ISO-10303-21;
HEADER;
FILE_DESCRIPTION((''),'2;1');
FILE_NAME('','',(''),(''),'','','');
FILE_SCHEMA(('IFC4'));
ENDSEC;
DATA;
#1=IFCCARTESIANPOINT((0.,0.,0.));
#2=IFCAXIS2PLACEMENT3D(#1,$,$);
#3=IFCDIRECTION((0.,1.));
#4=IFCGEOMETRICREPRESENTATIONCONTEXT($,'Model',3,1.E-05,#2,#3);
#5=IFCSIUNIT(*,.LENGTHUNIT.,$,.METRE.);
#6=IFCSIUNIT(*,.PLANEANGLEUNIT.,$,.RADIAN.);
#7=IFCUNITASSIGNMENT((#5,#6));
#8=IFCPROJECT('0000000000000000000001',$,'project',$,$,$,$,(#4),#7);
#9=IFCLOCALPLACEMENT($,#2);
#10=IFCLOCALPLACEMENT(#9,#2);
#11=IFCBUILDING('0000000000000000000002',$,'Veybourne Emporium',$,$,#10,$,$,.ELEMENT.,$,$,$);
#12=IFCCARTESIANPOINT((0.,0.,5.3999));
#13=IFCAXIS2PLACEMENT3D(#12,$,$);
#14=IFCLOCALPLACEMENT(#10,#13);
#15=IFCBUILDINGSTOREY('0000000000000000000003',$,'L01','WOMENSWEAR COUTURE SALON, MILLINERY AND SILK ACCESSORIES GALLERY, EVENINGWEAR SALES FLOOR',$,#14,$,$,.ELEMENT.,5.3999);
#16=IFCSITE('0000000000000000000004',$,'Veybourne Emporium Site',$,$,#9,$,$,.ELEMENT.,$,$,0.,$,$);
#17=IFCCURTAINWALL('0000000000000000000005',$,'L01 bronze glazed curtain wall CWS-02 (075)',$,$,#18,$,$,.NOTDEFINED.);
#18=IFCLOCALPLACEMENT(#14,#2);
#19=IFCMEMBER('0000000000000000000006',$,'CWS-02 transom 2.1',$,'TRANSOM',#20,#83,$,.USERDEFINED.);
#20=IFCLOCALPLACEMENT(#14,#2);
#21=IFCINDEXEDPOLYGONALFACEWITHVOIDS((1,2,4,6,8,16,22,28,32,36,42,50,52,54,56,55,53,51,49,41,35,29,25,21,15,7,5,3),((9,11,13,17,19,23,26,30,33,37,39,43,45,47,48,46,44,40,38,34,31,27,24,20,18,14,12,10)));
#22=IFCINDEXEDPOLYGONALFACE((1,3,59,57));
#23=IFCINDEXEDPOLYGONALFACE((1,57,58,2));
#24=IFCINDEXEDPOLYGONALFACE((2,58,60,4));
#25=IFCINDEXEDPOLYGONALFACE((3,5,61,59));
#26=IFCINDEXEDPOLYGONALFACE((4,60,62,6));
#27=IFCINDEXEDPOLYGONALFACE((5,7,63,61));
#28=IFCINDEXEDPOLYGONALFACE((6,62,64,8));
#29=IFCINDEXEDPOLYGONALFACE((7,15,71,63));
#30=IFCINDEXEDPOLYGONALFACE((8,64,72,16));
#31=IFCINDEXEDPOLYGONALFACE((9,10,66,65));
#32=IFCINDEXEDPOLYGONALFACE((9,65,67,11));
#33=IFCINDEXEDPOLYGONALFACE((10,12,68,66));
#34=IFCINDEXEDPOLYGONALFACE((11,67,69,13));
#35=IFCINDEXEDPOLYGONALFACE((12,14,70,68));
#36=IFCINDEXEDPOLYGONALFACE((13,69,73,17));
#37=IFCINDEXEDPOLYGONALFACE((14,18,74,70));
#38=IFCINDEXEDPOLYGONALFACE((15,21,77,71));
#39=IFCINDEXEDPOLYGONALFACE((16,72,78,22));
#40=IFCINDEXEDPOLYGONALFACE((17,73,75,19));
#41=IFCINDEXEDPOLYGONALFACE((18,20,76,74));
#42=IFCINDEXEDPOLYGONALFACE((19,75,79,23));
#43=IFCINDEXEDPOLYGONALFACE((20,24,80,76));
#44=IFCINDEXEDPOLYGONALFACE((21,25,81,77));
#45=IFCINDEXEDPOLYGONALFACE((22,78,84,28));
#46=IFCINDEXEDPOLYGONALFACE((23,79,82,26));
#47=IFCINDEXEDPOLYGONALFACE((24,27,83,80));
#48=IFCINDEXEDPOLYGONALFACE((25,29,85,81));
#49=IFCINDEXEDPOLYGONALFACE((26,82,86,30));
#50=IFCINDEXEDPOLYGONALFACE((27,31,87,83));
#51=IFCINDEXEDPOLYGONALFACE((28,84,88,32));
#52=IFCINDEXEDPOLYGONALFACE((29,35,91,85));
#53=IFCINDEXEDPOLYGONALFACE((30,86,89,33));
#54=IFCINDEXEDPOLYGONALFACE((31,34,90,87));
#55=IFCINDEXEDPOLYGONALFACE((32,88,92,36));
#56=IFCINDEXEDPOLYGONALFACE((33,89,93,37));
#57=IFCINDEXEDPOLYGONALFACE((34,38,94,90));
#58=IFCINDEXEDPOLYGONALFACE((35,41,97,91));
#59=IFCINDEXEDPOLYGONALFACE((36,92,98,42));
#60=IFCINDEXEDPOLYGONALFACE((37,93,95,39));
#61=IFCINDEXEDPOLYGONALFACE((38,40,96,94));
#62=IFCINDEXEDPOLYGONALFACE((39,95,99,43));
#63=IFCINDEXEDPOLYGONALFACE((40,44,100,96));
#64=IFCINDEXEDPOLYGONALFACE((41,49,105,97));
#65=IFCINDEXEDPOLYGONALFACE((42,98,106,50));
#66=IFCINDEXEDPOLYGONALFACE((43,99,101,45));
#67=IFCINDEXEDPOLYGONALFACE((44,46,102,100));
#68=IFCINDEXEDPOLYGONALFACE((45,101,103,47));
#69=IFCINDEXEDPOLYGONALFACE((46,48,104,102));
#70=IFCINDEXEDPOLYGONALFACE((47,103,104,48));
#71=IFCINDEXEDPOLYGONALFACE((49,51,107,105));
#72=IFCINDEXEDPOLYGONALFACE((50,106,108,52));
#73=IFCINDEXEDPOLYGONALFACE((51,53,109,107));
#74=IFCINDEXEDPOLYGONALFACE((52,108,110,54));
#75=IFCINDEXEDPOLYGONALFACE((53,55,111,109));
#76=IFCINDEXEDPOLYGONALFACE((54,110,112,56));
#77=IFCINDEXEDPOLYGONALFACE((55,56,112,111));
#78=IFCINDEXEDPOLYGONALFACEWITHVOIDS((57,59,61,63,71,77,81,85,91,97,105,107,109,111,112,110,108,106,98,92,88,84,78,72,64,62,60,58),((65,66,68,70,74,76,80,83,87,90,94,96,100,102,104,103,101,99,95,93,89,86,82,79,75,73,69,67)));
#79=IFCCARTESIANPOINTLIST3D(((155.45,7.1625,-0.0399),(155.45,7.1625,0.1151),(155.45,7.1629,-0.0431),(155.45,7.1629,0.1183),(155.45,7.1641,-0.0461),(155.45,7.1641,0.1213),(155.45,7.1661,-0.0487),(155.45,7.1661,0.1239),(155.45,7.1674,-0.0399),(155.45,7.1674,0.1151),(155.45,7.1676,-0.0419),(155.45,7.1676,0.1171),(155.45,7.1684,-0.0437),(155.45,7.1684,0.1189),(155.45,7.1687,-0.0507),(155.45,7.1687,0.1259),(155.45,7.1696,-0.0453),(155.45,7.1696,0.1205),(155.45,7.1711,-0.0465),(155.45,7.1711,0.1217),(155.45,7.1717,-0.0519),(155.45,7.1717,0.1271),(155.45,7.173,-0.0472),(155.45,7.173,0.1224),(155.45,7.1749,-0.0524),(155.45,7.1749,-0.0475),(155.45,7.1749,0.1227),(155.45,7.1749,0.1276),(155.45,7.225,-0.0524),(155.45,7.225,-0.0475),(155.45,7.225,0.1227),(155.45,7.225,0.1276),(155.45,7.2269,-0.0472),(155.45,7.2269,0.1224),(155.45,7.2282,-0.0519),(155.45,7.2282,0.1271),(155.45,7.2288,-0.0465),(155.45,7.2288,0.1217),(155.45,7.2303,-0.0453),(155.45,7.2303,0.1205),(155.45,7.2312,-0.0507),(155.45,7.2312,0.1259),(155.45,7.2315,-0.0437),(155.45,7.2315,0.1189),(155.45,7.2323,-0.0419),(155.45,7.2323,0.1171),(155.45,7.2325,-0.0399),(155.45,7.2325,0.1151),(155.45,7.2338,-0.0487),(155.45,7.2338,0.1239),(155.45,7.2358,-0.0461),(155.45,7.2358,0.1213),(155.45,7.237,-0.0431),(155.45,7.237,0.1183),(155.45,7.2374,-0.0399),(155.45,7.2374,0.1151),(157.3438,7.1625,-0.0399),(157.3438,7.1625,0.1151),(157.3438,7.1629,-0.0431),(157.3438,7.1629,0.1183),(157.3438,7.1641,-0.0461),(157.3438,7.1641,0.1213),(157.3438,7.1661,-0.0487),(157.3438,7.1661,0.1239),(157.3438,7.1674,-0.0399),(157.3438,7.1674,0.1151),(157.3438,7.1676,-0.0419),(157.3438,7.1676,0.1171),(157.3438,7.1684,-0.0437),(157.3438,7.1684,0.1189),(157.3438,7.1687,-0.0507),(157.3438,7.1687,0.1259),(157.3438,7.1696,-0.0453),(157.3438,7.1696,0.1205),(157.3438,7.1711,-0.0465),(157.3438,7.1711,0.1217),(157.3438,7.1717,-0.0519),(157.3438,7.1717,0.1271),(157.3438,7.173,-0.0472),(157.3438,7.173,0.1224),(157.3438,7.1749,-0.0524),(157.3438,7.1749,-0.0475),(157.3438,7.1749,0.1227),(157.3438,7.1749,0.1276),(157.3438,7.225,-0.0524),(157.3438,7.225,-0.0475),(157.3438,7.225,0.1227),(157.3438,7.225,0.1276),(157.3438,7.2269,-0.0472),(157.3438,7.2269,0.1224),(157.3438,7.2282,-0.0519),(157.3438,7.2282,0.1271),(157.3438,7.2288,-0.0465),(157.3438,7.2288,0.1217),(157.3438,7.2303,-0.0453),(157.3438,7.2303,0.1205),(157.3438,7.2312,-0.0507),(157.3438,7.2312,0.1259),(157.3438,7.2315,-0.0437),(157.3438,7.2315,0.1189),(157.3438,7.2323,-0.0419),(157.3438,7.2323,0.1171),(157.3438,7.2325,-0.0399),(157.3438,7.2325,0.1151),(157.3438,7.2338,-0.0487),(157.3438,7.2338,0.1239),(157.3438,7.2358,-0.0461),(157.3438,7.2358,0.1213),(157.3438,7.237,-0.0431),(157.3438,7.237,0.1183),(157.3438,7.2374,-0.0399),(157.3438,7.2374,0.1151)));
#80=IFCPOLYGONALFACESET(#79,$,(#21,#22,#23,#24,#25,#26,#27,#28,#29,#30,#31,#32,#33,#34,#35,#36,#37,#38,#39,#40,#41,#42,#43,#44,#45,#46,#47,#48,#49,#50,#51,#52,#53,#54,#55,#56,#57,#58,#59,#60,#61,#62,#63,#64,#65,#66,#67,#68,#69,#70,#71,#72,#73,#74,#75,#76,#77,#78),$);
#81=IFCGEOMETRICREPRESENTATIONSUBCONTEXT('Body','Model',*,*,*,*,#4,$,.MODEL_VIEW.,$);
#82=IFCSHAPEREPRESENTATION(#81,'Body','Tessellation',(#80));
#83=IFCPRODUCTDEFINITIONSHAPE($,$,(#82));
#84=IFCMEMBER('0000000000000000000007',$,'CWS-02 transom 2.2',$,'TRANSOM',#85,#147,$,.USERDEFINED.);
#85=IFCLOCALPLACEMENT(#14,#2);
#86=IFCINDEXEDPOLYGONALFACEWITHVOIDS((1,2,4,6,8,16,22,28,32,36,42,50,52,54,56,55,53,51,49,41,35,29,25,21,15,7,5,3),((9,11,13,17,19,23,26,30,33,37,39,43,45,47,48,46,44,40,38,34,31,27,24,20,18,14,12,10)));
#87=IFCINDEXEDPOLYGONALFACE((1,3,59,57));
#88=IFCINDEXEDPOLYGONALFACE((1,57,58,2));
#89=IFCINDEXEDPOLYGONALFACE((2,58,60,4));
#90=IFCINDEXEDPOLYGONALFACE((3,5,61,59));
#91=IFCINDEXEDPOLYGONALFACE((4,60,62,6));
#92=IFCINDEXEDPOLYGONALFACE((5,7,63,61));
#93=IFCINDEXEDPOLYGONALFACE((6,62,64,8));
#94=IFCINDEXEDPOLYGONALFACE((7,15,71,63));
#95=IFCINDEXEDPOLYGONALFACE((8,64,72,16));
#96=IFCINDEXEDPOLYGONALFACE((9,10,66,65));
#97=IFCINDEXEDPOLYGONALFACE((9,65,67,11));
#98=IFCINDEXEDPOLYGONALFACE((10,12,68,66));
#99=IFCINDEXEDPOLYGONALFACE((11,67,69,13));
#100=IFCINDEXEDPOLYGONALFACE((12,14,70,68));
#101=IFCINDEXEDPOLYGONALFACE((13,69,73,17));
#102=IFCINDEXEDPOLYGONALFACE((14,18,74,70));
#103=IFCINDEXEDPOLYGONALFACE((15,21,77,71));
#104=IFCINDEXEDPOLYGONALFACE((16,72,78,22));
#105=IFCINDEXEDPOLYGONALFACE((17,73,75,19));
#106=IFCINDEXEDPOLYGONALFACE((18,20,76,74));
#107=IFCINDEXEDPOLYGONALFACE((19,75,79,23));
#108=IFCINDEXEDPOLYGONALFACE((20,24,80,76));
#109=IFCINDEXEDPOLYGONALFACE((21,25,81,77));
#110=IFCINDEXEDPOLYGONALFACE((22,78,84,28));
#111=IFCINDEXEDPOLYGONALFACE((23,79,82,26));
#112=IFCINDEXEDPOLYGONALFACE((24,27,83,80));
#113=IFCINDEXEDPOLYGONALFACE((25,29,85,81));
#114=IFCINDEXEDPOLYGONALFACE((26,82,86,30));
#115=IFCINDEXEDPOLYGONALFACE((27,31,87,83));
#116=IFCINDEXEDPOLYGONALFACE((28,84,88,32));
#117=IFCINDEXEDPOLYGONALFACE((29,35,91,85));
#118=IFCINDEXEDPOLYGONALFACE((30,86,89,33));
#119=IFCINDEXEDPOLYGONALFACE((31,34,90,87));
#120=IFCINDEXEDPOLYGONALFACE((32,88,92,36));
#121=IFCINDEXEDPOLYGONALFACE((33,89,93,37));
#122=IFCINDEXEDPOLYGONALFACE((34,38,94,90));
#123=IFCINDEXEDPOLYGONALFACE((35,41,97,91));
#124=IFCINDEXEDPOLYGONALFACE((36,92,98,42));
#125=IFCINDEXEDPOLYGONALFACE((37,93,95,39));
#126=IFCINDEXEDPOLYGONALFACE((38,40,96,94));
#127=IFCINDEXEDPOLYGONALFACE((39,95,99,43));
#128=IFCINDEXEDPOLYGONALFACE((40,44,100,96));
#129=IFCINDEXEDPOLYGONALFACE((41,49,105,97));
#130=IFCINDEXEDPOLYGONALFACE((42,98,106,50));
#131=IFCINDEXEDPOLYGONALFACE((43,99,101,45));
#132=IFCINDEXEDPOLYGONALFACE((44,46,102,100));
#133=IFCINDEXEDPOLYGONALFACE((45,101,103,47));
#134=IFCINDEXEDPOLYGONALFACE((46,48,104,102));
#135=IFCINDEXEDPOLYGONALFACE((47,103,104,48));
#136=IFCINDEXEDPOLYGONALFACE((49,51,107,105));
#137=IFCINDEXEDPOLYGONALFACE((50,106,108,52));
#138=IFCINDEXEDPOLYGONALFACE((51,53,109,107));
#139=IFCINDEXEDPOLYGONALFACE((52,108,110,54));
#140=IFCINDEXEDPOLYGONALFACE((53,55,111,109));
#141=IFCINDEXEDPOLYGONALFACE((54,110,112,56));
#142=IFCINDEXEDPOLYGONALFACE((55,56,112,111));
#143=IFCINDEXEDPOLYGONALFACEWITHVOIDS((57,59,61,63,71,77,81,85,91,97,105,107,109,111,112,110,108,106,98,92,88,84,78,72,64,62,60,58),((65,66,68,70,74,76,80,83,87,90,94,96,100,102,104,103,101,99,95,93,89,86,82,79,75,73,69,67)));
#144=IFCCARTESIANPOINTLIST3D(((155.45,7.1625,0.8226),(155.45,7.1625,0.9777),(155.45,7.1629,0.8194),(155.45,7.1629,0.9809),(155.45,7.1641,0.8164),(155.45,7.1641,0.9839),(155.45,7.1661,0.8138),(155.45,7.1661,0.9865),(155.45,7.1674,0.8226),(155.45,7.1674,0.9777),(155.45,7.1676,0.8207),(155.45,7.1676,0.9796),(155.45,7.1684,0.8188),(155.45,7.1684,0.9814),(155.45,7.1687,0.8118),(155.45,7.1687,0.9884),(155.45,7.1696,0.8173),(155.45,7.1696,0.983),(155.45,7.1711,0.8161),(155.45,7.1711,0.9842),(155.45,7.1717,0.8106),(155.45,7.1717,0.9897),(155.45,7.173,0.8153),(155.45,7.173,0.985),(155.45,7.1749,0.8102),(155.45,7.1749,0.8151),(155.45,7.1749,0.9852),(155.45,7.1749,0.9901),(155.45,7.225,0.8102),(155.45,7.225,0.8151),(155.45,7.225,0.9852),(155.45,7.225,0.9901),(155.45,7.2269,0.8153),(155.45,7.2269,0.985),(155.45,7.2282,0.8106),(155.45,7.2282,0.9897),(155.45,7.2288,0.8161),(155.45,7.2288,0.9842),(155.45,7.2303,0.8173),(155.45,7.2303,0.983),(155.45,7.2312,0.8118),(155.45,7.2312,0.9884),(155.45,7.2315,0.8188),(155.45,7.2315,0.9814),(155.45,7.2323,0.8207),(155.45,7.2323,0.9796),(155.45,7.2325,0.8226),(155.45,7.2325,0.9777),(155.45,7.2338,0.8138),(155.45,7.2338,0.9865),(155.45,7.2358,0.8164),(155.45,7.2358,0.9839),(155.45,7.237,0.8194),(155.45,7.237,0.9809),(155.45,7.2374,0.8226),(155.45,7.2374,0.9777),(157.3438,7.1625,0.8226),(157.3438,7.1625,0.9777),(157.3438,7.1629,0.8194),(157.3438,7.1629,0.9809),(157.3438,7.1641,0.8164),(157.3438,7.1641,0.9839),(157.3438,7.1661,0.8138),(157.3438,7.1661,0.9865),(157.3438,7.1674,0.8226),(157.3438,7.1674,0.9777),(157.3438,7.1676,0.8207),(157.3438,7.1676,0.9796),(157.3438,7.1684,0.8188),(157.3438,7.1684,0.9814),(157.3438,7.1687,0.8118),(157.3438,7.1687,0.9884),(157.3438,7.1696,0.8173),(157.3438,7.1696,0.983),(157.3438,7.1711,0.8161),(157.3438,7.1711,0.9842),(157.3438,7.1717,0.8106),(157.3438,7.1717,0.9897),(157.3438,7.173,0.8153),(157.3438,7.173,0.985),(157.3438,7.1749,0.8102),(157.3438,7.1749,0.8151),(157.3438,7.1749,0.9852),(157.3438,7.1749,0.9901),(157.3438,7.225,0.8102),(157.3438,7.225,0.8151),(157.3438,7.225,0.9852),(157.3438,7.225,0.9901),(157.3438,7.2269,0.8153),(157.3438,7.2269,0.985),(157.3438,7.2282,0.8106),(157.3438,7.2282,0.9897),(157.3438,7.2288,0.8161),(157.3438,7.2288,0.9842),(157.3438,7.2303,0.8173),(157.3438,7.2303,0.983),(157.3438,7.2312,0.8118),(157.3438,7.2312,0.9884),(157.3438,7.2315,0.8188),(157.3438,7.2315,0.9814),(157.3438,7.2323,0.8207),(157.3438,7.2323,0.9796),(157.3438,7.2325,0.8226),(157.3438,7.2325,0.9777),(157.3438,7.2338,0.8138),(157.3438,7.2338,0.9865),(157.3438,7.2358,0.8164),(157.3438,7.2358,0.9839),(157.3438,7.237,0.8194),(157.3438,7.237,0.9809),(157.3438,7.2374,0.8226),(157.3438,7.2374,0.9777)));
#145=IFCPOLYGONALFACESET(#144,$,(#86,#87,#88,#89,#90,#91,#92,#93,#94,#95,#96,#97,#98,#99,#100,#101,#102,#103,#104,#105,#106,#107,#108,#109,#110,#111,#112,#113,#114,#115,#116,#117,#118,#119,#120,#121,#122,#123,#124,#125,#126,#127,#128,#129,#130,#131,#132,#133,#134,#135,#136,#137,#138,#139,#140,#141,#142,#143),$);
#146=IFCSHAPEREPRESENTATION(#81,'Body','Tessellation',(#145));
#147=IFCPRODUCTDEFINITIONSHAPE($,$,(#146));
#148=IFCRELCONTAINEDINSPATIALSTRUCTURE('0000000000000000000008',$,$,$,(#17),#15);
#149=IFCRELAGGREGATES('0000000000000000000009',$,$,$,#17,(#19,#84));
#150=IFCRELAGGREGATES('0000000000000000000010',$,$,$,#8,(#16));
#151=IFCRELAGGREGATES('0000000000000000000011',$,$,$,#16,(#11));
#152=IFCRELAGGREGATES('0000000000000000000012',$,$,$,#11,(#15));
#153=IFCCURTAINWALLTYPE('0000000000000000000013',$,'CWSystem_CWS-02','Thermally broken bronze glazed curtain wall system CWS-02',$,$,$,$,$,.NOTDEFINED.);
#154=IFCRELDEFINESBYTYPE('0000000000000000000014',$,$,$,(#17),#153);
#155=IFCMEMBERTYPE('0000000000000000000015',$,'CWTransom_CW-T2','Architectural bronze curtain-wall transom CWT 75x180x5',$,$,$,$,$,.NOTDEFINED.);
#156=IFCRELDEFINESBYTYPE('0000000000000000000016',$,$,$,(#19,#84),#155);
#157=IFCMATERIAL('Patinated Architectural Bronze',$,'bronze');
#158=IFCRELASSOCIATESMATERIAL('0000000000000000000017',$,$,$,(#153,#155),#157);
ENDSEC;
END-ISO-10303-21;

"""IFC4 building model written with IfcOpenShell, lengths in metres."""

from ifc_helpers import new_model, si_unit, direction, frame, origin, origin_2d, place, context, subcontext, project, spatial, hollow_rectangle, extrude, material, material_profile, profile_set, type_object, element, aggregate, save


model = new_model("IFC4")

# Units and contexts
model_context = context("Model", 3, precision=1e-05, world=origin(), true_north=direction((0.0, 1.0)))
body_context = subcontext(model_context, "Body", "Model", "MODEL_VIEW")
ifc_project = project(units=[si_unit("LENGTHUNIT", "METRE"), si_unit("PLANEANGLEUNIT", "RADIAN")], contexts=[model_context])

# Site, building, storey
site_placement = place(None, origin())
site = spatial("IfcSite", under=ifc_project, at=site_placement, Name="Veybourne Emporium Site", CompositionType="ELEMENT", RefElevation=0.0)
building_placement = place(site_placement, origin())
building = spatial("IfcBuilding", under=site, at=building_placement, Name="Veybourne Emporium", CompositionType="ELEMENT")
storey_placement = place(building_placement, frame((0.0, 0.0, 5.3999)))
storey = spatial("IfcBuildingStorey", under=building, at=storey_placement, Name="L01", Description="WOMENSWEAR COUTURE SALON, MILLINERY AND SILK ACCESSORIES GALLERY, EVENINGWEAR SALES FLOOR", CompositionType="ELEMENT", Elevation=5.3999)

# Curtain wall
ifc_material_1 = material(Name="Patinated Architectural Bronze", Category="bronze")
curtain_wall_type_1 = type_object("IfcCurtainWallType", Name="CWSystem_CWS-02", Description="Thermally broken bronze glazed curtain wall system CWS-02", PredefinedType="NOTDEFINED", material=ifc_material_1)
curtain_wall_1_placement = place(storey_placement, origin())
curtain_wall_1 = element("IfcCurtainWall", 1, at=curtain_wall_1_placement, inside=storey, type_object=curtain_wall_type_1, Name="L01 bronze glazed curtain wall CWS-02 (075)", PredefinedType="NOTDEFINED")

# Members
ifc_material_profile_1 = material_profile(ifc_material_1, hollow_rectangle(XDim=0.075, YDim=0.1799, WallThickness=0.0049, InnerFilletRadius=0.0076, OuterFilletRadius=0.0125, at=origin_2d()), Name="CWT 75x180x5")
ifc_profile_set_1 = profile_set([ifc_material_profile_1], Name="Patinated Architectural Bronze")
member_type_1 = type_object("IfcMemberType", Name="CWTransom_CW-T2", Description="Architectural bronze curtain-wall transom CWT 75x180x5", PredefinedType="NOTDEFINED", material=ifc_profile_set_1)
member_1_placement = place(storey_placement, frame((157.3438, 7.2, 0.0376), z_axis=(-1.0, 0.0, 0.0), x_axis=(0.0, -1.0, 0.0)))
member_1 = element("IfcMember", 2, at=member_1_placement, type_object=member_type_1, Name="CWS-02 transom 2.1", ObjectType="TRANSOM", PredefinedType="USERDEFINED", context=body_context, shape_type="SweptSolid", body=[
    extrude(hollow_rectangle(XDim=0.075, YDim=0.1799, WallThickness=0.0049, InnerFilletRadius=0.0076, OuterFilletRadius=0.0125, at=origin_2d()), origin(), (0.0, 0.0, 1.0), 1.8938),
])
member_2_placement = place(storey_placement, frame((157.3438, 7.2, 0.9001), z_axis=(-1.0, 0.0, 0.0), x_axis=(0.0, -1.0, 0.0)))
member_2 = element("IfcMember", 3, at=member_2_placement, type_object=member_type_1, Name="CWS-02 transom 2.2", ObjectType="TRANSOM", PredefinedType="USERDEFINED", context=body_context, shape_type="SweptSolid", body=[
    extrude(hollow_rectangle(XDim=0.075, YDim=0.1799, WallThickness=0.0049, InnerFilletRadius=0.0076, OuterFilletRadius=0.0125, at=origin_2d()), origin(), (0.0, 0.0, 1.0), 1.8938),
])

aggregate(curtain_wall_1, [member_1, member_2])

save(model, "model.ifc")
